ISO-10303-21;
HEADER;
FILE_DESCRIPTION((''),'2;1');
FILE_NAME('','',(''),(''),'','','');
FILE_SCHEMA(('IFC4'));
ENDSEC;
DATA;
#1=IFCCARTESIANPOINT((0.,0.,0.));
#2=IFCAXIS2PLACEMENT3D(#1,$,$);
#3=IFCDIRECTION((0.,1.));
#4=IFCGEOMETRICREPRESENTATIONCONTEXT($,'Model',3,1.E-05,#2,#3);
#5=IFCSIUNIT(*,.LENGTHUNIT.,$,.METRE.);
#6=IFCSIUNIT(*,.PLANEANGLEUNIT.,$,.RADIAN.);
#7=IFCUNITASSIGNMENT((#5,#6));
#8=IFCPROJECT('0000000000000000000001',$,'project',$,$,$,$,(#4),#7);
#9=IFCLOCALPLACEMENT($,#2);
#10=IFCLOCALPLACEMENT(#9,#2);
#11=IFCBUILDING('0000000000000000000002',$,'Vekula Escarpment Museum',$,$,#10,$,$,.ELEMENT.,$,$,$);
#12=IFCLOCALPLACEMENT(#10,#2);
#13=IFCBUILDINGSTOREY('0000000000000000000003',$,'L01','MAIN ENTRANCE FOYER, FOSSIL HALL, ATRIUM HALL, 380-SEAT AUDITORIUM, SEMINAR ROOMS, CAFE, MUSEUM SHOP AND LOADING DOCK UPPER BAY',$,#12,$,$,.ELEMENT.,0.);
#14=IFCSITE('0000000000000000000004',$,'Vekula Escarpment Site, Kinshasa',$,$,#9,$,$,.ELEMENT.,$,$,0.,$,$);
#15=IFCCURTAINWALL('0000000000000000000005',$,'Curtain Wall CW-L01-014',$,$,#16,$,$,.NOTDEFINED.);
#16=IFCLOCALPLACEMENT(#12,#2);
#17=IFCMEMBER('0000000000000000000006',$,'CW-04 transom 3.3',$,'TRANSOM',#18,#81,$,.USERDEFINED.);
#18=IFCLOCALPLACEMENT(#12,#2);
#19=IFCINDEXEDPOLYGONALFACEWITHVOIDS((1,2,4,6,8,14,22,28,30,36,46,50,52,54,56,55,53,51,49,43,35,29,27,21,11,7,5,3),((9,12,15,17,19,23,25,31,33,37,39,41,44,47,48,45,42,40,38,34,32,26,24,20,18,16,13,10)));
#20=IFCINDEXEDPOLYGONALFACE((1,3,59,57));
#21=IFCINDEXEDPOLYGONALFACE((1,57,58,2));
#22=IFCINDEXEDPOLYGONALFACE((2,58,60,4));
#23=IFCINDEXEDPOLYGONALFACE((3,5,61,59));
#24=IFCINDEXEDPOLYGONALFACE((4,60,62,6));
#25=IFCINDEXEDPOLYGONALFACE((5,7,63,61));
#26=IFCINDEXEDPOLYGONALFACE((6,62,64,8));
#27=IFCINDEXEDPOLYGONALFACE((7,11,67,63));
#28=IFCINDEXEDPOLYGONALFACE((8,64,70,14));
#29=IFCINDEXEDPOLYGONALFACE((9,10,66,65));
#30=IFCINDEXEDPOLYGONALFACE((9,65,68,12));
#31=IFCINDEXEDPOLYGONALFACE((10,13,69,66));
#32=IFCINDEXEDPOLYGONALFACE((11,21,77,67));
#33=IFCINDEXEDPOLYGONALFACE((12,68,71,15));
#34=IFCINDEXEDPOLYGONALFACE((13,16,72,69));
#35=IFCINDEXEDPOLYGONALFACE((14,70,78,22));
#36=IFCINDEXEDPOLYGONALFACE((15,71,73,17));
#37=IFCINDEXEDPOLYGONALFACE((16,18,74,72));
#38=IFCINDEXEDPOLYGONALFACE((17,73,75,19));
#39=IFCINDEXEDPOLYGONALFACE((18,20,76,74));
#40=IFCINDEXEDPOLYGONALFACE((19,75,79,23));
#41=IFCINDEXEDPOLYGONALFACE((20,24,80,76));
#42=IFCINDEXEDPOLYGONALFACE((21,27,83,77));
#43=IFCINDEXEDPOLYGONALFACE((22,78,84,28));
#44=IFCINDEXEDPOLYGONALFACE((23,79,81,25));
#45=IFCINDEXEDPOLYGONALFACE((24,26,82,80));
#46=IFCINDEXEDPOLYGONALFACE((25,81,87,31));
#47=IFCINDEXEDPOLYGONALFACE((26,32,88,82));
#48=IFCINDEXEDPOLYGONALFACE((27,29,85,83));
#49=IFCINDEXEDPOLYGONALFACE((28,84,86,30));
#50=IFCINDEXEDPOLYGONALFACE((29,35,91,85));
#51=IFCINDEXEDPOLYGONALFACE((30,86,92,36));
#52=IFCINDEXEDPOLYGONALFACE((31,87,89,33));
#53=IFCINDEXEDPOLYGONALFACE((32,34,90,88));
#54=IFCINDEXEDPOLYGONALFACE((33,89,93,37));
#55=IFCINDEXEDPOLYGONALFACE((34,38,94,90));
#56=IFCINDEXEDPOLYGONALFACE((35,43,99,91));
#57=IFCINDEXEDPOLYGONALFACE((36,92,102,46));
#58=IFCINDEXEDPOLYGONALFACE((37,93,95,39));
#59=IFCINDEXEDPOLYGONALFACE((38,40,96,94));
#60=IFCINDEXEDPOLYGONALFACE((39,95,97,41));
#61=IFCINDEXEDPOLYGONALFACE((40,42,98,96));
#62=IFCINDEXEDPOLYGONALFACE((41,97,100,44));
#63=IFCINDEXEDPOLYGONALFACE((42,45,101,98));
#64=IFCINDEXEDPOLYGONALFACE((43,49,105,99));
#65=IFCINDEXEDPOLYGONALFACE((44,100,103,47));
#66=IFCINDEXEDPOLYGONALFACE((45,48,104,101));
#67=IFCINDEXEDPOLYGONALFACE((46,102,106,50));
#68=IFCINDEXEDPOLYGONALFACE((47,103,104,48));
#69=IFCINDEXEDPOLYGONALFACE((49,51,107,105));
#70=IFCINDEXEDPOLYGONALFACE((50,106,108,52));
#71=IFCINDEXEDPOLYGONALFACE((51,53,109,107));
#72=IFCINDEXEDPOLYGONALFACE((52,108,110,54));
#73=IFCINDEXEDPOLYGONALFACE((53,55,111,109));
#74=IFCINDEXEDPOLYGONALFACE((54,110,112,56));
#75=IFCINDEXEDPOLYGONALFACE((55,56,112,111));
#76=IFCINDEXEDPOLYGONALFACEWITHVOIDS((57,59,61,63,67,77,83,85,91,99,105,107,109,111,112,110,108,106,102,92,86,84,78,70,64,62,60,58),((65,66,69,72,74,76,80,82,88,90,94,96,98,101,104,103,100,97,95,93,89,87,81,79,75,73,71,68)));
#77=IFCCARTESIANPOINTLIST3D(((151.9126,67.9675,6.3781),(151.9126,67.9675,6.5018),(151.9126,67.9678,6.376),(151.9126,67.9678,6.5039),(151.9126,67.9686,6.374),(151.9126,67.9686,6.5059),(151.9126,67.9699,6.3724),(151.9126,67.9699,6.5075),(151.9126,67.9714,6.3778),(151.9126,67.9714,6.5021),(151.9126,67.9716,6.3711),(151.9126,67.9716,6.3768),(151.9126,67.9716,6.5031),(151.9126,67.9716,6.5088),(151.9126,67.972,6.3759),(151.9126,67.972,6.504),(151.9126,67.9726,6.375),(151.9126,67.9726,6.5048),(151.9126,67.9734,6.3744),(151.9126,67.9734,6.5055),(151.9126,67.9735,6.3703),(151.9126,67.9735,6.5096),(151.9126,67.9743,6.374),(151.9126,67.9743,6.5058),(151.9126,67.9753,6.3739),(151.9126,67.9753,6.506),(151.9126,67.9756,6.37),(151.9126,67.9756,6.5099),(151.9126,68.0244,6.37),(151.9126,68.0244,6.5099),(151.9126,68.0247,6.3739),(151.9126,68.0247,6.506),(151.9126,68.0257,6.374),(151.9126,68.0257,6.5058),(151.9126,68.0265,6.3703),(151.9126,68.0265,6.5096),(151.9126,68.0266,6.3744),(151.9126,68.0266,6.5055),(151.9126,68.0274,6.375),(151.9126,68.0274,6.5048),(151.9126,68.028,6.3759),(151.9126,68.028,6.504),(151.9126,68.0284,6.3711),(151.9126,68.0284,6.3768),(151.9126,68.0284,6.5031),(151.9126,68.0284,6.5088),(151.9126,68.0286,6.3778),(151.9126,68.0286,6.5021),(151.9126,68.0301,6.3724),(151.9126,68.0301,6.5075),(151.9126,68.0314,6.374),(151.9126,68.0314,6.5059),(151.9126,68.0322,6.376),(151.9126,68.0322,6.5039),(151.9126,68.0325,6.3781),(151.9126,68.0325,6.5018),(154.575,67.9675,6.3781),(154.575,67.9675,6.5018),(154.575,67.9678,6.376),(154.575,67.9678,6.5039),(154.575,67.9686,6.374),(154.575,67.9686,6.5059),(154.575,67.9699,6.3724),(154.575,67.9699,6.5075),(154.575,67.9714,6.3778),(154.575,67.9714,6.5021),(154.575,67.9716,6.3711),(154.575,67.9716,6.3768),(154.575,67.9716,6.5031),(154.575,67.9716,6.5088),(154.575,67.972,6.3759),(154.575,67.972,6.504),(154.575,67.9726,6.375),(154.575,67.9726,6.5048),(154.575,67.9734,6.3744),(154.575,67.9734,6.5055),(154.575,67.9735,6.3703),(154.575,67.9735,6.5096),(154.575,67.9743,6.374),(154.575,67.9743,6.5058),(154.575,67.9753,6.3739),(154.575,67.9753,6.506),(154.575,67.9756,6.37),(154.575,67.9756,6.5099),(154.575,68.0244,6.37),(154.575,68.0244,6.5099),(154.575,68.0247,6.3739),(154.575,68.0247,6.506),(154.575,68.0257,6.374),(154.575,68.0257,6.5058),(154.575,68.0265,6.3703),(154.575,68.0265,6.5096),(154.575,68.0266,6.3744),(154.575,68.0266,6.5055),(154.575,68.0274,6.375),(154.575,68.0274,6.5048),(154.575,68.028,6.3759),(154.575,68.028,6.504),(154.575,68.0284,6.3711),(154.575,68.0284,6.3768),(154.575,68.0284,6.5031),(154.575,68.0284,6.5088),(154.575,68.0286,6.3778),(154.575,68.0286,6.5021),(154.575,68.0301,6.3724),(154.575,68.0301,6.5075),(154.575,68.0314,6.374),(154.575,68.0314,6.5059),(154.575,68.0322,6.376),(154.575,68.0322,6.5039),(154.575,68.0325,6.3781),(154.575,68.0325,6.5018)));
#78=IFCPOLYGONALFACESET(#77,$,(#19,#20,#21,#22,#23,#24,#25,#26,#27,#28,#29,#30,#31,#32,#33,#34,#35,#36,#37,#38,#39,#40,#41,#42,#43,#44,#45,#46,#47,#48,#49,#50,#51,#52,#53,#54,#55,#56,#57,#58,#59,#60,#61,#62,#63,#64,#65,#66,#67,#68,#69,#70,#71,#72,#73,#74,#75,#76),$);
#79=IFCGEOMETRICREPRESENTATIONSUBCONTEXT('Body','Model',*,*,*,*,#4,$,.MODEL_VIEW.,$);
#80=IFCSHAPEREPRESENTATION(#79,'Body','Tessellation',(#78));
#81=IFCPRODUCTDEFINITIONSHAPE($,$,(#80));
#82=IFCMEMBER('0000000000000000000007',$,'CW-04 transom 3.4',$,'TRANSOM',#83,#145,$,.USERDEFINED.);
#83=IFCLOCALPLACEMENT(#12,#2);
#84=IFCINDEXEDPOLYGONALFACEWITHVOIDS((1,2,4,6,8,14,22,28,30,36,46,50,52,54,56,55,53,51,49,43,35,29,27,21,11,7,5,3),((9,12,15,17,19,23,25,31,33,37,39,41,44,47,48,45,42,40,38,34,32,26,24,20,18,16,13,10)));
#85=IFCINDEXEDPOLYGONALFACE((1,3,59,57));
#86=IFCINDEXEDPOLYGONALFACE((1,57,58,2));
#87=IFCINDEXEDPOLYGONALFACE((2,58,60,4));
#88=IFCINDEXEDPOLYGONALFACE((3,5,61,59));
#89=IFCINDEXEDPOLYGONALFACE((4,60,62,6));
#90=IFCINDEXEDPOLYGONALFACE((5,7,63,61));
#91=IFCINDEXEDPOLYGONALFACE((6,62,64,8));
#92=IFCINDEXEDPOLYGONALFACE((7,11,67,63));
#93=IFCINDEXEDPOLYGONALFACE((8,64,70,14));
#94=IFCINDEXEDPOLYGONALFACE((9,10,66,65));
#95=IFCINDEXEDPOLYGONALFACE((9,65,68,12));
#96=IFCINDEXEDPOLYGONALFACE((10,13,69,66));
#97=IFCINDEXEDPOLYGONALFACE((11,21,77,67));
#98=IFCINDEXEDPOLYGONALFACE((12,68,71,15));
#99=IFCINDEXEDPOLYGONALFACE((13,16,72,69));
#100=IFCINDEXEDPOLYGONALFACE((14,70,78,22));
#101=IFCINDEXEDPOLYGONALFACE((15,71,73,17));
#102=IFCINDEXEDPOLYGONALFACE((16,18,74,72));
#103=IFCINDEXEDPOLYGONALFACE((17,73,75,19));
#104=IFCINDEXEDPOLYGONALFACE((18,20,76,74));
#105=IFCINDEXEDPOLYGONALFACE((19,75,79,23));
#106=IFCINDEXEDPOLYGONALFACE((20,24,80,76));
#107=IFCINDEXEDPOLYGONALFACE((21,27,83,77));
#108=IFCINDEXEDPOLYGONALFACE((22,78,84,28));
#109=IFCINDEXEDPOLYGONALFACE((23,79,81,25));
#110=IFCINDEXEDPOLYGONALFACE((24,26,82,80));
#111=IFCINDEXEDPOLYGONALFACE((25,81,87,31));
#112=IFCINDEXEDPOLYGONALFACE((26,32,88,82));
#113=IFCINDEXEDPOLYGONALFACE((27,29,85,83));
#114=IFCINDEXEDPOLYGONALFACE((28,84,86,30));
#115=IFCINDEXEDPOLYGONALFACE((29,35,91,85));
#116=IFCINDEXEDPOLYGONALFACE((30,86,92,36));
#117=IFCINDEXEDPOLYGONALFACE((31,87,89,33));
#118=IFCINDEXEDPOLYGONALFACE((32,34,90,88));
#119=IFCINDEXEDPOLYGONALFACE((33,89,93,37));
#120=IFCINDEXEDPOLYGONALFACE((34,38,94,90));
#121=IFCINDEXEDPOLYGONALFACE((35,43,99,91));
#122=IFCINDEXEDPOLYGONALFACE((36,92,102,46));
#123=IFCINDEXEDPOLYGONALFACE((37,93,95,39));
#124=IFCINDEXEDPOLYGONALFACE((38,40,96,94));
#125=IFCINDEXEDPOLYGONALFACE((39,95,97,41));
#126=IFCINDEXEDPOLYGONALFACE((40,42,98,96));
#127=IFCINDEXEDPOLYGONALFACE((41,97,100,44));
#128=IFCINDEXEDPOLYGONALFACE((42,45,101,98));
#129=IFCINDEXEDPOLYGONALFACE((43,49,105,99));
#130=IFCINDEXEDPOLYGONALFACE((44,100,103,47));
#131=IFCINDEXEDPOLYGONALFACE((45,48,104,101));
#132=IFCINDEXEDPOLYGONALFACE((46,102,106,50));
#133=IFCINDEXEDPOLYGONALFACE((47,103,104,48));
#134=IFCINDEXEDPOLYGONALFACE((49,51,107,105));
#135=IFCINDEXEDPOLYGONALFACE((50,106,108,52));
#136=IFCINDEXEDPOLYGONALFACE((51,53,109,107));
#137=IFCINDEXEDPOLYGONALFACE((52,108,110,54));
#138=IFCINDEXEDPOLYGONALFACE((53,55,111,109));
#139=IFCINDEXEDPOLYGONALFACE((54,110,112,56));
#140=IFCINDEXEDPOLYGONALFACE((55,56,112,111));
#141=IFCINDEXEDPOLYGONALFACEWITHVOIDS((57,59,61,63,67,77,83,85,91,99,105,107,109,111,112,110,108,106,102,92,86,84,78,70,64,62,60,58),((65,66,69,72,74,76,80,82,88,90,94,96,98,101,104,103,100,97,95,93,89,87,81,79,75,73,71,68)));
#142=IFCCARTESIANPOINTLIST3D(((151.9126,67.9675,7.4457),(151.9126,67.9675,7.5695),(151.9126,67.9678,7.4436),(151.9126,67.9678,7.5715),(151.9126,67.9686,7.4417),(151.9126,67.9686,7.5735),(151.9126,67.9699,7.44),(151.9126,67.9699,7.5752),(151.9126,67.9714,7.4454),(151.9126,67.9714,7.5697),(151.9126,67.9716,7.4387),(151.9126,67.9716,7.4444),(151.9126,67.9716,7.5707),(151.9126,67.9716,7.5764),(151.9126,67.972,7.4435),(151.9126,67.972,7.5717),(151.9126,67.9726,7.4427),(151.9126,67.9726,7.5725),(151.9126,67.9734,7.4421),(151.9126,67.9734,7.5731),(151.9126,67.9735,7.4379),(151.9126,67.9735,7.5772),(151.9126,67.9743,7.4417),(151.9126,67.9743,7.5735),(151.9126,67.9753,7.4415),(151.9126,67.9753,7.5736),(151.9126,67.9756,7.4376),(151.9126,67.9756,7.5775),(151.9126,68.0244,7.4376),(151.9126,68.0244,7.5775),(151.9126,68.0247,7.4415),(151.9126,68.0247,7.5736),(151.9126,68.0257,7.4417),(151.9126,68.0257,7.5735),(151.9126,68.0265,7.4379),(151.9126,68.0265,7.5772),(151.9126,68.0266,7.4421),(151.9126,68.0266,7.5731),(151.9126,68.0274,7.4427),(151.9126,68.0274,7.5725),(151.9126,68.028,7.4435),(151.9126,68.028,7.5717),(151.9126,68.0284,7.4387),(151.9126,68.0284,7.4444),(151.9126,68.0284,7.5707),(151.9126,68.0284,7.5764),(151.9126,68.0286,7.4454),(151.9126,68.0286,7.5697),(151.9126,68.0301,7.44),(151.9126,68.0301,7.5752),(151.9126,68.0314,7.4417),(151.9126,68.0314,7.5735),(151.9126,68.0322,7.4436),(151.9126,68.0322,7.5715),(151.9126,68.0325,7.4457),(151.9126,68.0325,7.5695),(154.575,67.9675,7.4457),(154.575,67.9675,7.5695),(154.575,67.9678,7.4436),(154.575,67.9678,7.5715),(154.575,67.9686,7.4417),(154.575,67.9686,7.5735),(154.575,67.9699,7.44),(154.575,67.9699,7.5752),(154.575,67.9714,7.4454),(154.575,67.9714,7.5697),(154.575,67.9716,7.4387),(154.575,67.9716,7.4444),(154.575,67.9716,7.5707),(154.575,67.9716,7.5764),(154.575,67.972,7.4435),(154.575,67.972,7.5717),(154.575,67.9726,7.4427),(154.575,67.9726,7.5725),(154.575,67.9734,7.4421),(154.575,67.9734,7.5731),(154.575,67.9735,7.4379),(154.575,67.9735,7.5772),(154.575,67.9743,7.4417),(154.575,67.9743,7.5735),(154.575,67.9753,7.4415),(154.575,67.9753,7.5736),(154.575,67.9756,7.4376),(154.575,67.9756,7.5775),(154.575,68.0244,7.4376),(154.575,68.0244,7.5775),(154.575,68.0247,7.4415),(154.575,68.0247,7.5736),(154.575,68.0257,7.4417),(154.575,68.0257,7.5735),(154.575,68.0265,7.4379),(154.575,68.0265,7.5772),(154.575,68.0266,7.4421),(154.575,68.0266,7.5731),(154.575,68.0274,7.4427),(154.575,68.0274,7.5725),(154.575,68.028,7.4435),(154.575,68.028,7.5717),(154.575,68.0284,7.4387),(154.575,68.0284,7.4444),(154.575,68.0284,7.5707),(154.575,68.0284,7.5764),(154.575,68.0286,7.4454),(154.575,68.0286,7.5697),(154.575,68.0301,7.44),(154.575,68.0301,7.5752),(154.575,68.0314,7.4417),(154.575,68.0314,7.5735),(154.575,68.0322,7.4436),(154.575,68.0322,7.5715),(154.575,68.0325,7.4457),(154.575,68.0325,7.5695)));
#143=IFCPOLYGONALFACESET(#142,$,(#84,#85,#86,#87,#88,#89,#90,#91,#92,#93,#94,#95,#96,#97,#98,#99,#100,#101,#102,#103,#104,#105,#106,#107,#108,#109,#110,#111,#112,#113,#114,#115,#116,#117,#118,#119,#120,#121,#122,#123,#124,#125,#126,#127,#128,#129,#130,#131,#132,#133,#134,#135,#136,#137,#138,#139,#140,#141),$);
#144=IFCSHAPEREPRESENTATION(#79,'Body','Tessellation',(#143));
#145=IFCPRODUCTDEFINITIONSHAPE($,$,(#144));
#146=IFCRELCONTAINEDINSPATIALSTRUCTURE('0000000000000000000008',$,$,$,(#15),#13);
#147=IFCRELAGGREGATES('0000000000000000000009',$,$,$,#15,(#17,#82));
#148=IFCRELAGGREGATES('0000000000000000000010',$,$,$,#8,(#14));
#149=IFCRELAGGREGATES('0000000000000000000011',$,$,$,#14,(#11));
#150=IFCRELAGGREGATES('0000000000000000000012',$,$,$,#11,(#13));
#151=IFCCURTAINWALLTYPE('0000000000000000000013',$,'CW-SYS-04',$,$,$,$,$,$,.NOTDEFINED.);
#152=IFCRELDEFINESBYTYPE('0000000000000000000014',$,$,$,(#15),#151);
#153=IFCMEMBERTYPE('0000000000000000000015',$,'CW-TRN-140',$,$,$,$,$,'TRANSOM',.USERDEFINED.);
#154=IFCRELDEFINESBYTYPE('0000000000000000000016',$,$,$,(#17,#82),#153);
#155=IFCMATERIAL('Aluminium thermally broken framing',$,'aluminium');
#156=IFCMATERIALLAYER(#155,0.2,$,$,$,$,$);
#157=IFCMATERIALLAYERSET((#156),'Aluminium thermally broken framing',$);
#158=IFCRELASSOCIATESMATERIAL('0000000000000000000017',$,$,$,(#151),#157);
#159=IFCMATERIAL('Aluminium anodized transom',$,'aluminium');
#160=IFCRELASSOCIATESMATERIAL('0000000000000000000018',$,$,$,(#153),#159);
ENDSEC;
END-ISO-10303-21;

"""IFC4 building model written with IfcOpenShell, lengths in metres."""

from ifc_helpers import new_model, si_unit, direction, frame, origin, origin_2d, place, context, subcontext, project, spatial, hollow_rectangle, extrude, material, layer, layer_set, material_profile, profile_set, type_object, element, aggregate, save


model = new_model("IFC4")

# Units and contexts
model_context = context("Model", 3, precision=1e-05, world=origin(), true_north=direction((0.0, 1.0)))
body_context = subcontext(model_context, "Body", "Model", "MODEL_VIEW")
ifc_project = project(units=[si_unit("LENGTHUNIT", "METRE"), si_unit("PLANEANGLEUNIT", "RADIAN")], contexts=[model_context])

# Site, building, storey
site_placement = place(None, origin())
site = spatial("IfcSite", under=ifc_project, at=site_placement, Name="Vekula Escarpment Site, Kinshasa", CompositionType="ELEMENT", RefElevation=0.0)
building_placement = place(site_placement, origin())
building = spatial("IfcBuilding", under=site, at=building_placement, Name="Vekula Escarpment Museum", CompositionType="ELEMENT")
storey_placement = place(building_placement, origin())
storey = spatial("IfcBuildingStorey", under=building, at=storey_placement, Name="L01", Description="MAIN ENTRANCE FOYER, FOSSIL HALL, ATRIUM HALL, 380-SEAT AUDITORIUM, SEMINAR ROOMS, CAFE, MUSEUM SHOP AND LOADING DOCK UPPER BAY", CompositionType="ELEMENT", Elevation=0.0)

# Curtain wall
ifc_material_1 = material(Name="Aluminium thermally broken framing", Category="aluminium")
ifc_layer_1 = layer(ifc_material_1, 0.2)
ifc_layer_set_1 = layer_set([ifc_layer_1], Name="Aluminium thermally broken framing")
curtain_wall_type_1 = type_object("IfcCurtainWallType", Name="CW-SYS-04", PredefinedType="NOTDEFINED", material=ifc_layer_set_1)
curtain_wall_1_placement = place(storey_placement, origin())
curtain_wall_1 = element("IfcCurtainWall", 1, at=curtain_wall_1_placement, inside=storey, type_object=curtain_wall_type_1, Name="Curtain Wall CW-L01-014", PredefinedType="NOTDEFINED")

# Members
ifc_material_2 = material(Name="Aluminium anodized transom", Category="aluminium")
ifc_material_profile_1 = material_profile(ifc_material_2, hollow_rectangle(XDim=0.0649, YDim=0.1399, WallThickness=0.0039, InnerFilletRadius=0.0039, OuterFilletRadius=0.0081, at=origin_2d()), Name="ALU 140x65x4")
ifc_profile_set_1 = profile_set([ifc_material_profile_1], Name="Aluminium anodized transom")
member_type_1 = type_object("IfcMemberType", Name="CW-TRN-140", ElementType="TRANSOM", PredefinedType="USERDEFINED", material=ifc_profile_set_1)
member_1_placement = place(storey_placement, frame((151.9126, 68.0, 6.4399), z_axis=(1.0, 0.0, 0.0), x_axis=(0.0, 1.0, 0.0)))
member_1 = element("IfcMember", 2, at=member_1_placement, type_object=member_type_1, Name="CW-04 transom 3.3", ObjectType="TRANSOM", PredefinedType="USERDEFINED", context=body_context, shape_type="SweptSolid", body=[
    extrude(hollow_rectangle(XDim=0.0649, YDim=0.1399, WallThickness=0.0039, InnerFilletRadius=0.0039, OuterFilletRadius=0.0081, at=origin_2d()), origin(), (0.0, 0.0, 1.0), 2.6624),
])
member_2_placement = place(storey_placement, frame((151.9126, 68.0, 7.5076), z_axis=(1.0, 0.0, 0.0), x_axis=(0.0, 1.0, 0.0)))
member_2 = element("IfcMember", 3, at=member_2_placement, type_object=member_type_1, Name="CW-04 transom 3.4", ObjectType="TRANSOM", PredefinedType="USERDEFINED", context=body_context, shape_type="SweptSolid", body=[
    extrude(hollow_rectangle(XDim=0.0649, YDim=0.1399, WallThickness=0.0039, InnerFilletRadius=0.0039, OuterFilletRadius=0.0081, at=origin_2d()), origin(), (0.0, 0.0, 1.0), 2.6624),
])

aggregate(curtain_wall_1, [member_1, member_2])

save(model, "model.ifc")
